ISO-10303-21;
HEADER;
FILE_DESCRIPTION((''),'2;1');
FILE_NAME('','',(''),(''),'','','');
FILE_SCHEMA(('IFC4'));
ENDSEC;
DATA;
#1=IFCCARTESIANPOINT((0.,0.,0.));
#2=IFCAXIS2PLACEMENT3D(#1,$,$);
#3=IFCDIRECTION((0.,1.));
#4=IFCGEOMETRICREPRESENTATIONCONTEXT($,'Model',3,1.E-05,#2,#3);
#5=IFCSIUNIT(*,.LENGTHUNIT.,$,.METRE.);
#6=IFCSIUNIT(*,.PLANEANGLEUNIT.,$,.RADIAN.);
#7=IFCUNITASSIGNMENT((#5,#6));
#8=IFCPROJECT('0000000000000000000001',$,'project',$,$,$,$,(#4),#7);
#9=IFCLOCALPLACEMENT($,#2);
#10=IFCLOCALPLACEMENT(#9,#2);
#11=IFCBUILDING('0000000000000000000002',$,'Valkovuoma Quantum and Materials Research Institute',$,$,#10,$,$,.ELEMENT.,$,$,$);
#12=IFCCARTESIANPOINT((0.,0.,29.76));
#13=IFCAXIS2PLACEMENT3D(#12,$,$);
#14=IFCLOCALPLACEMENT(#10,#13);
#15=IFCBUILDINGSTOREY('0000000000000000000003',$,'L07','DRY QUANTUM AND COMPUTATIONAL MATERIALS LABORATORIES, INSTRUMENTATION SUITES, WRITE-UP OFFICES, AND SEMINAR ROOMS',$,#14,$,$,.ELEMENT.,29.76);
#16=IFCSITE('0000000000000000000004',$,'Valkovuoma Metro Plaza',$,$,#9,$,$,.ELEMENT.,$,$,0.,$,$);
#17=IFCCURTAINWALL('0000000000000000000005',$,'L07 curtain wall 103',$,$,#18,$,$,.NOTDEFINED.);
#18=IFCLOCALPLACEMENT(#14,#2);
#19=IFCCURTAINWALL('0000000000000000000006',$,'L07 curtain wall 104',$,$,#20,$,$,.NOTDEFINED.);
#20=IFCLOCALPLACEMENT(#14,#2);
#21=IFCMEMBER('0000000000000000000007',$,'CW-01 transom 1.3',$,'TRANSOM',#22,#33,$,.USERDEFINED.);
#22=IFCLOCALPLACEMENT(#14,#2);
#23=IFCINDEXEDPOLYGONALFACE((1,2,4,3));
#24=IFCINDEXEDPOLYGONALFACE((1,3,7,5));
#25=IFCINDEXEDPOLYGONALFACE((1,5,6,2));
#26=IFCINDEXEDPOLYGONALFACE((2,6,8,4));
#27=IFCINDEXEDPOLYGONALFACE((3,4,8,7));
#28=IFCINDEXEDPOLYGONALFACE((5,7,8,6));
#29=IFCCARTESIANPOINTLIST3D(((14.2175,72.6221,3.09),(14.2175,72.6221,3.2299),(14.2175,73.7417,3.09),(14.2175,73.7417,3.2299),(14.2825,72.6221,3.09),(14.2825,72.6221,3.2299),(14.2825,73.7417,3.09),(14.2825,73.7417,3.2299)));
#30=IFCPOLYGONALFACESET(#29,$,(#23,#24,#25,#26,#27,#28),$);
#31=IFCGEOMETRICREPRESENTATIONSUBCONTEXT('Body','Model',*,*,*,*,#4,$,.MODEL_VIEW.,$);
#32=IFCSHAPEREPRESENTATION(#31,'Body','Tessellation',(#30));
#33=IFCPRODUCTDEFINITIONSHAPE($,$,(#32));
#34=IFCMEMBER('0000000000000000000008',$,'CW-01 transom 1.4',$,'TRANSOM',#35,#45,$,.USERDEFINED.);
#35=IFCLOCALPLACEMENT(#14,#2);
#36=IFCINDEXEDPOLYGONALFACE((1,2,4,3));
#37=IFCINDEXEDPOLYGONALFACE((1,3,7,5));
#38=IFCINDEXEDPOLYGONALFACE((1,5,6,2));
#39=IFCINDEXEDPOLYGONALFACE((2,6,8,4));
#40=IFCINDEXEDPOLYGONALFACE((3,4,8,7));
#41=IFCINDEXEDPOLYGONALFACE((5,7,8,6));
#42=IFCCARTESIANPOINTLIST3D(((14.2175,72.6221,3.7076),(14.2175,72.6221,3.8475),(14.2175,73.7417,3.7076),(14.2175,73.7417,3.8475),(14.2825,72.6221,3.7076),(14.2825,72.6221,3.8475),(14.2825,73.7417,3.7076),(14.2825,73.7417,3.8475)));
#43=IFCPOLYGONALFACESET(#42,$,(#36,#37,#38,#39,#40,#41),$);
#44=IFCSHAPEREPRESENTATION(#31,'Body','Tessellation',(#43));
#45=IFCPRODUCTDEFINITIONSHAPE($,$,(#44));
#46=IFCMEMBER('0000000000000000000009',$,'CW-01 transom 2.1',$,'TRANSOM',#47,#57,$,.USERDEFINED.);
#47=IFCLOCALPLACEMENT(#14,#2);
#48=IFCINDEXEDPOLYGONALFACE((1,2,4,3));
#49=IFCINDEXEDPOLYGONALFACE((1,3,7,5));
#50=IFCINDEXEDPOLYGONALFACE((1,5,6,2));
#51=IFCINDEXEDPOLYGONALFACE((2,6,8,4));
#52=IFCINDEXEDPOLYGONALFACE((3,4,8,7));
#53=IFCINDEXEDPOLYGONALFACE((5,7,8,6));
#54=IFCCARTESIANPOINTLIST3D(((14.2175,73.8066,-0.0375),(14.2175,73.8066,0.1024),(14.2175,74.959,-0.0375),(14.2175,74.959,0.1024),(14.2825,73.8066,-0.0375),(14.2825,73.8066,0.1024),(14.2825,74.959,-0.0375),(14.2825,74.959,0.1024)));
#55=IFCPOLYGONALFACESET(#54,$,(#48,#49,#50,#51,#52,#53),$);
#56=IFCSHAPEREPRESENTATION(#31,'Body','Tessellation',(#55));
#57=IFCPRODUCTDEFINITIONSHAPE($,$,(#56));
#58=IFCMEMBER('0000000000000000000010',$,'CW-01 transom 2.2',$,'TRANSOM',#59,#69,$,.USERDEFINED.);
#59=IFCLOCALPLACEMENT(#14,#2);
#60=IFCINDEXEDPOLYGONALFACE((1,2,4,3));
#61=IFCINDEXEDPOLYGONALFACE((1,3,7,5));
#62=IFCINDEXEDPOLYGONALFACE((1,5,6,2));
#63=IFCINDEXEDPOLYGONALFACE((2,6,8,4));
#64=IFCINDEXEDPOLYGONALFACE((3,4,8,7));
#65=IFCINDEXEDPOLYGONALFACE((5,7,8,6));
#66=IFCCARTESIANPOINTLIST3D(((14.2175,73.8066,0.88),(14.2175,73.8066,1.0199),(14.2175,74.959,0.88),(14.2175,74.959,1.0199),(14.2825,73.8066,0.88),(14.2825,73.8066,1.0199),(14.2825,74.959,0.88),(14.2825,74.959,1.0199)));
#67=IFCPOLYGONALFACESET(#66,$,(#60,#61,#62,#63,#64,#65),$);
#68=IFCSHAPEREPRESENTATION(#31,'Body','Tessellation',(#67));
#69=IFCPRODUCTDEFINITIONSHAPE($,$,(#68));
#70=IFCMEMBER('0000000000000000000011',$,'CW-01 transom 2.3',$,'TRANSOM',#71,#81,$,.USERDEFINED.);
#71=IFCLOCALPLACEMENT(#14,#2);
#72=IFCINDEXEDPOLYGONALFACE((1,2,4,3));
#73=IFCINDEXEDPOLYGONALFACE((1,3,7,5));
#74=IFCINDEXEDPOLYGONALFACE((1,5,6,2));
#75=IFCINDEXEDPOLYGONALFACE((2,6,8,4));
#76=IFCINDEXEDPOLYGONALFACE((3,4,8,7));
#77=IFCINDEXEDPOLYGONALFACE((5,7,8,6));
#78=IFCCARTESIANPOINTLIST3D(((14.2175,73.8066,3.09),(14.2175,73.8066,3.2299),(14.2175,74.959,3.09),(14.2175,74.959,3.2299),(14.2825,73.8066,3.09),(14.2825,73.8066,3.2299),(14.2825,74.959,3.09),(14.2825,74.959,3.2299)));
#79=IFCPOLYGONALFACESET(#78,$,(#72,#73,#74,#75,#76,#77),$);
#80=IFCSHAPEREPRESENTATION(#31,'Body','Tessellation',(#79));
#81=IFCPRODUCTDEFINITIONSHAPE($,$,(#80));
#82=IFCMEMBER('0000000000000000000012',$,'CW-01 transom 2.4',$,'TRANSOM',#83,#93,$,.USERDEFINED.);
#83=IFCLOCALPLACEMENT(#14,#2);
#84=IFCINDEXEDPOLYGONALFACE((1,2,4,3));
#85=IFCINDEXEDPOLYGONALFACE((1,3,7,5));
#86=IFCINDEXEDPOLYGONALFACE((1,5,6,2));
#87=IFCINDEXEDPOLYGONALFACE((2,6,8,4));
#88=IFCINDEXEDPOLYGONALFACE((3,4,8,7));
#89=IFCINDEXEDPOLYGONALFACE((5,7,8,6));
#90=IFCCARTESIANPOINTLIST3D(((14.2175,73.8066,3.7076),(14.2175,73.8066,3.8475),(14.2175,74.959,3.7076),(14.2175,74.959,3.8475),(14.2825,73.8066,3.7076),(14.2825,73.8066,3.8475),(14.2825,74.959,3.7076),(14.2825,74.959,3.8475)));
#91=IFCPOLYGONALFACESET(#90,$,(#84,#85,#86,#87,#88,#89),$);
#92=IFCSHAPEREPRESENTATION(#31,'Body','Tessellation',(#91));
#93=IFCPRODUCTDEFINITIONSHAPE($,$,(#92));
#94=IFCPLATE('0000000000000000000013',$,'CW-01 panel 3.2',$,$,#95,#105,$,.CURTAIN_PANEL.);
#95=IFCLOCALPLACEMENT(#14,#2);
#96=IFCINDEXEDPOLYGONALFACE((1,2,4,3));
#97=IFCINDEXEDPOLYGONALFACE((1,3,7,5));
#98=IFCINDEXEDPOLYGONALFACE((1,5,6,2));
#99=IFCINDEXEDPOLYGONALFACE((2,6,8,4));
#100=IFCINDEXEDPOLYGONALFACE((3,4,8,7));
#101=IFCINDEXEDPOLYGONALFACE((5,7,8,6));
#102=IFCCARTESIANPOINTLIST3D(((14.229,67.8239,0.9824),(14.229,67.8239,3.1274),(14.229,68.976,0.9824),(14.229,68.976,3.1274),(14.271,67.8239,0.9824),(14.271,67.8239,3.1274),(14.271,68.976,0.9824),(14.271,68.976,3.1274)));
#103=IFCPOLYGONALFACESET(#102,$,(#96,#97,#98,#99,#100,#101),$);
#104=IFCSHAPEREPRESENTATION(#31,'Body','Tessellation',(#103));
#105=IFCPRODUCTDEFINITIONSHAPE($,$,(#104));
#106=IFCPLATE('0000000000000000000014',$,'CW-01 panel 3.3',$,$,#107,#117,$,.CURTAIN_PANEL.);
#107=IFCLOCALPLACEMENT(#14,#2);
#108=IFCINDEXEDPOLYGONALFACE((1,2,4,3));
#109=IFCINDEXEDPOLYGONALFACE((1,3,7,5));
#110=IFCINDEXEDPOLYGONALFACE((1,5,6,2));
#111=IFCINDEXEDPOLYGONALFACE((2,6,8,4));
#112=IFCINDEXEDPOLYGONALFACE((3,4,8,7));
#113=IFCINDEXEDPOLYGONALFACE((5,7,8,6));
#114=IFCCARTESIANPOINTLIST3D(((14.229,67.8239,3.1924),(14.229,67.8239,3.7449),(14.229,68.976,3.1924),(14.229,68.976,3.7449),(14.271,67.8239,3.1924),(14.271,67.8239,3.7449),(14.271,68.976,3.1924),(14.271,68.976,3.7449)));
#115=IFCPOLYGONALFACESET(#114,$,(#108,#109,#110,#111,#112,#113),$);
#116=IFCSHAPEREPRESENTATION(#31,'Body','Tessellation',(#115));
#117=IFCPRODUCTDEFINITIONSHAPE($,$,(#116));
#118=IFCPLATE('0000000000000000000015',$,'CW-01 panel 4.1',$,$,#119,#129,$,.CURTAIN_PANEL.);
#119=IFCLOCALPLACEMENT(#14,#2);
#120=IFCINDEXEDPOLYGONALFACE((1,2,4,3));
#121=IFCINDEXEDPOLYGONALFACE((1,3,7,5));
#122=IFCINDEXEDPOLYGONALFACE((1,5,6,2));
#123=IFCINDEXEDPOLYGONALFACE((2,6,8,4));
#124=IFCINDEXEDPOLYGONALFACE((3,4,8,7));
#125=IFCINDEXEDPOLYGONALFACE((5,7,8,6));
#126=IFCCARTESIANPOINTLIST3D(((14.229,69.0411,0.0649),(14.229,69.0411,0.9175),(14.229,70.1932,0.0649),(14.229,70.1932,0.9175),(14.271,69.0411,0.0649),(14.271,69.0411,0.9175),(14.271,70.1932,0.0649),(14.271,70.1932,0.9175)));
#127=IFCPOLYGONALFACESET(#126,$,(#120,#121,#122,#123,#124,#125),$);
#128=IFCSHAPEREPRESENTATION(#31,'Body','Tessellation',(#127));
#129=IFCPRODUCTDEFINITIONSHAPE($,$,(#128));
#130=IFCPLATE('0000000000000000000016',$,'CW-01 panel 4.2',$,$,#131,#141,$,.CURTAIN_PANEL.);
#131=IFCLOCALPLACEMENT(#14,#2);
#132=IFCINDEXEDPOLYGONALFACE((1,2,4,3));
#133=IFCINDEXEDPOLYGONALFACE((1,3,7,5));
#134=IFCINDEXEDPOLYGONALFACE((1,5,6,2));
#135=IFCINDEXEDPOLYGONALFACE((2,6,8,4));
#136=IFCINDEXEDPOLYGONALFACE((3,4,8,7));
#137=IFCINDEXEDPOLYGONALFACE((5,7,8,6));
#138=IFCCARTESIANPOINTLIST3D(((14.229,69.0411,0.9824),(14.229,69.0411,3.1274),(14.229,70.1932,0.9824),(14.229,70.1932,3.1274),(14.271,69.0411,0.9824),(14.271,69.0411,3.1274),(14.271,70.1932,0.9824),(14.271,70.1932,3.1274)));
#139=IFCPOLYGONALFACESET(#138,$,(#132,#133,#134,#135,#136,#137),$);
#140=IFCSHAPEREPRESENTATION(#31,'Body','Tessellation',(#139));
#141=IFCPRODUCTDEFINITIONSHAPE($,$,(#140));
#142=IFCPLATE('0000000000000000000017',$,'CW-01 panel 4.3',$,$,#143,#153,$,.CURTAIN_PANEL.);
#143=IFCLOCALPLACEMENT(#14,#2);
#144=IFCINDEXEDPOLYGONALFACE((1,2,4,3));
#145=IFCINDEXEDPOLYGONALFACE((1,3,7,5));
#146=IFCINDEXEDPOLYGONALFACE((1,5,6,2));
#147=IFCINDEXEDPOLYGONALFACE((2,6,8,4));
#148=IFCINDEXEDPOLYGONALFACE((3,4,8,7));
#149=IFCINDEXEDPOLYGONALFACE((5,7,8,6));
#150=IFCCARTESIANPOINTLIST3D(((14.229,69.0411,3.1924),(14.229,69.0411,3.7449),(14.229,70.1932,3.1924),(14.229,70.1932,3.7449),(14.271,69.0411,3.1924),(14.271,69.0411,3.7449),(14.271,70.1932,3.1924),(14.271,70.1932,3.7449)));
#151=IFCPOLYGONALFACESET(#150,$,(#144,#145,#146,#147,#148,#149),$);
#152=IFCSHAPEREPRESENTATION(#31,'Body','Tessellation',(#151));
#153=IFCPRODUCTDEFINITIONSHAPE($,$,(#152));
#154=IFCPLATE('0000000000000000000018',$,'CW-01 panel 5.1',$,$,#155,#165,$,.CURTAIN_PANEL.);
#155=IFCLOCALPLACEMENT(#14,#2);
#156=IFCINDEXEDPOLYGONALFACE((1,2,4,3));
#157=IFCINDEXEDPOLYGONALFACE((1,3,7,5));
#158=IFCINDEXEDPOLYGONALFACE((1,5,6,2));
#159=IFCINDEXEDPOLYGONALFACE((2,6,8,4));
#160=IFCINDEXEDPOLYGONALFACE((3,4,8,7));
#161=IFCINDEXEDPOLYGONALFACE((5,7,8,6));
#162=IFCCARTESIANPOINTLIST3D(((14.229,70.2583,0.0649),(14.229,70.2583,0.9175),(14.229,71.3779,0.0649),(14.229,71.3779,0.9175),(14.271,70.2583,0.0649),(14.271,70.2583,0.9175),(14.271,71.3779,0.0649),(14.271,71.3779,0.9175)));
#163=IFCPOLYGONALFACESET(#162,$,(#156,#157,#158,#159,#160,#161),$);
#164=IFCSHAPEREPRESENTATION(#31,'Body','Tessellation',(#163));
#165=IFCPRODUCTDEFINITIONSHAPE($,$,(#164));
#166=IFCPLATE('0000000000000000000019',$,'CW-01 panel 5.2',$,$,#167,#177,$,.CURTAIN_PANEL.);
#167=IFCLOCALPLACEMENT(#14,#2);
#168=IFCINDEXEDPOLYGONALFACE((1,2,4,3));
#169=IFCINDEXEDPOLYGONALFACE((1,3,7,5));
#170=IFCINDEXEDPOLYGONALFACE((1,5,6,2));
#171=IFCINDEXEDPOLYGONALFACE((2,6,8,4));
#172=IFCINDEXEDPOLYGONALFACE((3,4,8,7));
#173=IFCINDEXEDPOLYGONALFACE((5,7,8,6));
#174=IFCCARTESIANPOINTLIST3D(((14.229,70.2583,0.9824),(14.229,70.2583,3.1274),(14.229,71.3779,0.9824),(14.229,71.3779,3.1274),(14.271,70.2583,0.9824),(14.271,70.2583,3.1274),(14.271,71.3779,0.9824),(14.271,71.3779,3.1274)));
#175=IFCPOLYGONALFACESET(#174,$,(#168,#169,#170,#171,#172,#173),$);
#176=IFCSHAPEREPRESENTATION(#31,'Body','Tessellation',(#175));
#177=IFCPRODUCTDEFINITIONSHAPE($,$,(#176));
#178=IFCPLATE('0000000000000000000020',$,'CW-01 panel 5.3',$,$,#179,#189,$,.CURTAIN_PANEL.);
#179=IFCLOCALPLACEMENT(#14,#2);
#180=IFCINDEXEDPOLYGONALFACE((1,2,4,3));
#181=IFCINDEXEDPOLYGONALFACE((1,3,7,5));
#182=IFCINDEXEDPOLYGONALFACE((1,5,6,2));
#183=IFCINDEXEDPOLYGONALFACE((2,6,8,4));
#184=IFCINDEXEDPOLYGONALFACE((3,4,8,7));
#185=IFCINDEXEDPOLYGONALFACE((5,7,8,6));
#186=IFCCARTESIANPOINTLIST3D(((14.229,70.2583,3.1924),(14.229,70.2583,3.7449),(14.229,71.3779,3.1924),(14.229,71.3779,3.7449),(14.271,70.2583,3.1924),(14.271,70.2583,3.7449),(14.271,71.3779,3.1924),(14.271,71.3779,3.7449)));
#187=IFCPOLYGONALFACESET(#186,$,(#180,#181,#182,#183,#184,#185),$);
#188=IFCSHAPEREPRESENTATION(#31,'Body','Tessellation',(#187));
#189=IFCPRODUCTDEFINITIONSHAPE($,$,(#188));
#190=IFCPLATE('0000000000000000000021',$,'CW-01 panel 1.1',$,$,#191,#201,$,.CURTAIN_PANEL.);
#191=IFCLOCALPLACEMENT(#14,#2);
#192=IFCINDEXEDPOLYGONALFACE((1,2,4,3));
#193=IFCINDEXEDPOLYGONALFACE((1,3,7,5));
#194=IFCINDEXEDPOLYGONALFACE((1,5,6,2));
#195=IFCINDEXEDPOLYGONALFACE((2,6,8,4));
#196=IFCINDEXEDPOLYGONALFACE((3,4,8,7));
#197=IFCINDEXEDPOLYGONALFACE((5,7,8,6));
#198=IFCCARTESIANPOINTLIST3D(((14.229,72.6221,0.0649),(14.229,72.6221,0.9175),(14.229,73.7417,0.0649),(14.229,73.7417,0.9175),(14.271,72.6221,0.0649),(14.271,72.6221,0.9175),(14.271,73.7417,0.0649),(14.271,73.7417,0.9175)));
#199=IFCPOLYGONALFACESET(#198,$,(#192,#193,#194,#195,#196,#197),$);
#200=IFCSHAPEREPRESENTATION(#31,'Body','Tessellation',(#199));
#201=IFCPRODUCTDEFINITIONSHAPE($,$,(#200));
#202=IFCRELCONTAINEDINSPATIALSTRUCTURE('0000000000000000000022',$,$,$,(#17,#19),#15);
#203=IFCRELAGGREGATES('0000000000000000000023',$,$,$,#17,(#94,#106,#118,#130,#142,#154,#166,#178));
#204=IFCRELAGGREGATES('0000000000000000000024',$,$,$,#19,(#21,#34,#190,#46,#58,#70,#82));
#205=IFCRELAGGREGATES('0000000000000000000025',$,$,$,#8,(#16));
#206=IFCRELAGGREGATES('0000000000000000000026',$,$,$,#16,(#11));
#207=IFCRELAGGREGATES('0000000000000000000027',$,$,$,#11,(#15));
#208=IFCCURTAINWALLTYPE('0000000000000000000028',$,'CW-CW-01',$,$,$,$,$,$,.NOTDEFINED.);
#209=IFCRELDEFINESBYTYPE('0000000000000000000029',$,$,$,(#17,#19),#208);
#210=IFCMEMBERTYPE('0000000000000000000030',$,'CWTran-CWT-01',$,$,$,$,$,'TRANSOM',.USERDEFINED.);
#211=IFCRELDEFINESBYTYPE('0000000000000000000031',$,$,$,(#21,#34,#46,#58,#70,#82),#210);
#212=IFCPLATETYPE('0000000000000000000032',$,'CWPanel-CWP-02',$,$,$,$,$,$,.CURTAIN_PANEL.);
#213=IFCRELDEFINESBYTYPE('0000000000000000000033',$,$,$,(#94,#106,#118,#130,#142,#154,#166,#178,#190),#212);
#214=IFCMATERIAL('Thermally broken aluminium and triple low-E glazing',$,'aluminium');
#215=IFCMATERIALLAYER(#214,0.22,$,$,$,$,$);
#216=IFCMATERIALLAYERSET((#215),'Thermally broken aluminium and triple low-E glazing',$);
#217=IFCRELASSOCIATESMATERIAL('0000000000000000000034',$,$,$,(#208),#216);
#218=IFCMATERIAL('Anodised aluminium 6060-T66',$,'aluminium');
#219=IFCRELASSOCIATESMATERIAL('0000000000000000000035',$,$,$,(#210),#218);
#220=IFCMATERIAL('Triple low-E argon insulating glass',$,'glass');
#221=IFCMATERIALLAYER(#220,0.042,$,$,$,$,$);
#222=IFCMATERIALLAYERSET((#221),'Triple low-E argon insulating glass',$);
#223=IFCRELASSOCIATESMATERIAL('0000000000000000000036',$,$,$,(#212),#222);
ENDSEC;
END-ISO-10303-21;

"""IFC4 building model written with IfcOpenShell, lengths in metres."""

from ifc_helpers import new_model, si_unit, direction, frame, origin, origin_2d, place, context, subcontext, project, spatial, rectangle, extrude, material, layer, layer_set, material_profile, profile_set, type_object, element, aggregate, save


model = new_model("IFC4")

# Units and contexts
model_context = context("Model", 3, precision=1e-05, world=origin(), true_north=direction((0.0, 1.0)))
body_context = subcontext(model_context, "Body", "Model", "MODEL_VIEW")
ifc_project = project(units=[si_unit("LENGTHUNIT", "METRE"), si_unit("PLANEANGLEUNIT", "RADIAN")], contexts=[model_context])

# Site, building, storey
site_placement = place(None, origin())
site = spatial("IfcSite", under=ifc_project, at=site_placement, Name="Valkovuoma Metro Plaza", CompositionType="ELEMENT", RefElevation=0.0)
building_placement = place(site_placement, origin())
building = spatial("IfcBuilding", under=site, at=building_placement, Name="Valkovuoma Quantum and Materials Research Institute", CompositionType="ELEMENT")
storey_placement = place(building_placement, frame((0.0, 0.0, 29.76)))
storey = spatial("IfcBuildingStorey", under=building, at=storey_placement, Name="L07", Description="DRY QUANTUM AND COMPUTATIONAL MATERIALS LABORATORIES, INSTRUMENTATION SUITES, WRITE-UP OFFICES, AND SEMINAR ROOMS", CompositionType="ELEMENT", Elevation=29.76)

# Curtain walls
ifc_material_1 = material(Name="Thermally broken aluminium and triple low-E glazing", Category="aluminium")
ifc_layer_1 = layer(ifc_material_1, 0.22)
ifc_layer_set_1 = layer_set([ifc_layer_1], Name="Thermally broken aluminium and triple low-E glazing")
curtain_wall_type = type_object("IfcCurtainWallType", Name="CW-CW-01", PredefinedType="NOTDEFINED", material=ifc_layer_set_1)
curtain_wall_1_placement = place(storey_placement, origin())
curtain_wall_1 = element("IfcCurtainWall", 1, at=curtain_wall_1_placement, inside=storey, type_object=curtain_wall_type, Name="L07 curtain wall 103", PredefinedType="NOTDEFINED")
curtain_wall_2_placement = place(storey_placement, origin())
curtain_wall_2 = element("IfcCurtainWall", 2, at=curtain_wall_2_placement, inside=storey, type_object=curtain_wall_type, Name="L07 curtain wall 104", PredefinedType="NOTDEFINED")

# Members
ifc_material_2 = material(Name="Anodised aluminium 6060-T66", Category="aluminium")
ifc_material_profile_1 = material_profile(ifc_material_2, rectangle(XDim=0.0649, YDim=0.1399, at=origin_2d()), Name="Anodised aluminium 6060-T66")
ifc_profile_set_1 = profile_set([ifc_material_profile_1], Name="Anodised aluminium 6060-T66")
member_type_1 = type_object("IfcMemberType", Name="CWTran-CWT-01", ElementType="TRANSOM", PredefinedType="USERDEFINED", material=ifc_profile_set_1)
member_1_placement = place(storey_placement, frame((14.25, 72.6221, 3.1599), z_axis=(0.0, 1.0, 0.0), x_axis=(-1.0, 0.0, 0.0)))
member_1 = element("IfcMember", 3, at=member_1_placement, type_object=member_type_1, Name="CW-01 transom 1.3", ObjectType="TRANSOM", PredefinedType="USERDEFINED", context=body_context, shape_type="SweptSolid", body=[
    extrude(rectangle(XDim=0.0649, YDim=0.1399, at=origin_2d()), origin(), (0.0, 0.0, 1.0), 1.1196),
])
member_2_placement = place(storey_placement, frame((14.25, 72.6221, 3.7776), z_axis=(0.0, 1.0, 0.0), x_axis=(-1.0, 0.0, 0.0)))
member_2 = element("IfcMember", 4, at=member_2_placement, type_object=member_type_1, Name="CW-01 transom 1.4", ObjectType="TRANSOM", PredefinedType="USERDEFINED", context=body_context, shape_type="SweptSolid", body=[
    extrude(rectangle(XDim=0.0649, YDim=0.1399, at=origin_2d()), origin(), (0.0, 0.0, 1.0), 1.1196),
])
member_3_placement = place(storey_placement, frame((14.25, 73.8066, 0.0325), z_axis=(0.0, 1.0, 0.0), x_axis=(-1.0, 0.0, 0.0)))
member_3 = element("IfcMember", 5, at=member_3_placement, type_object=member_type_1, Name="CW-01 transom 2.1", ObjectType="TRANSOM", PredefinedType="USERDEFINED", context=body_context, shape_type="SweptSolid", body=[
    extrude(rectangle(XDim=0.0649, YDim=0.1399, at=origin_2d()), origin(), (0.0, 0.0, 1.0), 1.1523),
])
member_4_placement = place(storey_placement, frame((14.25, 73.8066, 0.95), z_axis=(0.0, 1.0, 0.0), x_axis=(-1.0, 0.0, 0.0)))
member_4 = element("IfcMember", 6, at=member_4_placement, type_object=member_type_1, Name="CW-01 transom 2.2", ObjectType="TRANSOM", PredefinedType="USERDEFINED", context=body_context, shape_type="SweptSolid", body=[
    extrude(rectangle(XDim=0.0649, YDim=0.1399, at=origin_2d()), origin(), (0.0, 0.0, 1.0), 1.1523),
])
member_5_placement = place(storey_placement, frame((14.25, 73.8066, 3.1599), z_axis=(0.0, 1.0, 0.0), x_axis=(-1.0, 0.0, 0.0)))
member_5 = element("IfcMember", 7, at=member_5_placement, type_object=member_type_1, Name="CW-01 transom 2.3", ObjectType="TRANSOM", PredefinedType="USERDEFINED", context=body_context, shape_type="SweptSolid", body=[
    extrude(rectangle(XDim=0.0649, YDim=0.1399, at=origin_2d()), origin(), (0.0, 0.0, 1.0), 1.1523),
])
member_6_placement = place(storey_placement, frame((14.25, 73.8066, 3.7776), z_axis=(0.0, 1.0, 0.0), x_axis=(-1.0, 0.0, 0.0)))
member_6 = element("IfcMember", 8, at=member_6_placement, type_object=member_type_1, Name="CW-01 transom 2.4", ObjectType="TRANSOM", PredefinedType="USERDEFINED", context=body_context, shape_type="SweptSolid", body=[
    extrude(rectangle(XDim=0.0649, YDim=0.1399, at=origin_2d()), origin(), (0.0, 0.0, 1.0), 1.1523),
])

# Plates
ifc_material_3 = material(Name="Triple low-E argon insulating glass", Category="glass")
ifc_layer_2 = layer(ifc_material_3, 0.042)
ifc_layer_set_2 = layer_set([ifc_layer_2], Name="Triple low-E argon insulating glass")
plate_type = type_object("IfcPlateType", Name="CWPanel-CWP-02", PredefinedType="CURTAIN_PANEL", material=ifc_layer_set_2)
plate_1_placement = place(storey_placement, frame((14.25, 68.3999, 0.9824), z_axis=(0.0, 0.0, 1.0), x_axis=(0.0, 1.0, 0.0)))
plate_1 = element("IfcPlate", 9, at=plate_1_placement, type_object=plate_type, Name="CW-01 panel 3.2", PredefinedType="CURTAIN_PANEL", context=body_context, shape_type="SweptSolid", body=[
    extrude(rectangle(XDim=1.1521, YDim=0.042, at=origin_2d()), origin(), (0.0, 0.0, 1.0), 2.145),
])
plate_2_placement = place(storey_placement, frame((14.25, 68.3999, 3.1924), z_axis=(0.0, 0.0, 1.0), x_axis=(0.0, 1.0, 0.0)))
plate_2 = element("IfcPlate", 10, at=plate_2_placement, type_object=plate_type, Name="CW-01 panel 3.3", PredefinedType="CURTAIN_PANEL", context=body_context, shape_type="SweptSolid", body=[
    extrude(rectangle(XDim=1.1521, YDim=0.042, at=origin_2d()), origin(), (0.0, 0.0, 1.0), 0.5525),
])
plate_3_placement = place(storey_placement, frame((14.25, 69.6172, 0.0649), z_axis=(0.0, 0.0, 1.0), x_axis=(0.0, 1.0, 0.0)))
plate_3 = element("IfcPlate", 11, at=plate_3_placement, type_object=plate_type, Name="CW-01 panel 4.1", PredefinedType="CURTAIN_PANEL", context=body_context, shape_type="SweptSolid", body=[
    extrude(rectangle(XDim=1.1521, YDim=0.042, at=origin_2d()), origin(), (0.0, 0.0, 1.0), 0.8525),
])
plate_4_placement = place(storey_placement, frame((14.25, 69.6172, 0.9824), z_axis=(0.0, 0.0, 1.0), x_axis=(0.0, 1.0, 0.0)))
plate_4 = element("IfcPlate", 12, at=plate_4_placement, type_object=plate_type, Name="CW-01 panel 4.2", PredefinedType="CURTAIN_PANEL", context=body_context, shape_type="SweptSolid", body=[
    extrude(rectangle(XDim=1.1521, YDim=0.042, at=origin_2d()), origin(), (0.0, 0.0, 1.0), 2.145),
])
plate_5_placement = place(storey_placement, frame((14.25, 69.6172, 3.1924), z_axis=(0.0, 0.0, 1.0), x_axis=(0.0, 1.0, 0.0)))
plate_5 = element("IfcPlate", 13, at=plate_5_placement, type_object=plate_type, Name="CW-01 panel 4.3", PredefinedType="CURTAIN_PANEL", context=body_context, shape_type="SweptSolid", body=[
    extrude(rectangle(XDim=1.1521, YDim=0.042, at=origin_2d()), origin(), (0.0, 0.0, 1.0), 0.5525),
])
plate_6_placement = place(storey_placement, frame((14.25, 70.8181, 0.0649), z_axis=(0.0, 0.0, 1.0), x_axis=(0.0, 1.0, 0.0)))
plate_6 = element("IfcPlate", 14, at=plate_6_placement, type_object=plate_type, Name="CW-01 panel 5.1", PredefinedType="CURTAIN_PANEL", context=body_context, shape_type="SweptSolid", body=[
    extrude(rectangle(XDim=1.1196, YDim=0.042, at=origin_2d()), origin(), (0.0, 0.0, 1.0), 0.8525),
])
plate_7_placement = place(storey_placement, frame((14.25, 70.8181, 0.9824), z_axis=(0.0, 0.0, 1.0), x_axis=(0.0, 1.0, 0.0)))
plate_7 = element("IfcPlate", 15, at=plate_7_placement, type_object=plate_type, Name="CW-01 panel 5.2", PredefinedType="CURTAIN_PANEL", context=body_context, shape_type="SweptSolid", body=[
    extrude(rectangle(XDim=1.1196, YDim=0.042, at=origin_2d()), origin(), (0.0, 0.0, 1.0), 2.145),
])
plate_8_placement = place(storey_placement, frame((14.25, 70.8181, 3.1924), z_axis=(0.0, 0.0, 1.0), x_axis=(0.0, 1.0, 0.0)))
plate_8 = element("IfcPlate", 16, at=plate_8_placement, type_object=plate_type, Name="CW-01 panel 5.3", PredefinedType="CURTAIN_PANEL", context=body_context, shape_type="SweptSolid", body=[
    extrude(rectangle(XDim=1.1196, YDim=0.042, at=origin_2d()), origin(), (0.0, 0.0, 1.0), 0.5525),
])
aggregate(curtain_wall_1, [plate_1, plate_2, plate_3, plate_4, plate_5, plate_6, plate_7, plate_8])
plate_9_placement = place(storey_placement, frame((14.25, 73.1819, 0.0649), z_axis=(0.0, 0.0, 1.0), x_axis=(0.0, 1.0, 0.0)))
plate_9 = element("IfcPlate", 17, at=plate_9_placement, type_object=plate_type, Name="CW-01 panel 1.1", PredefinedType="CURTAIN_PANEL", context=body_context, shape_type="SweptSolid", body=[
    extrude(rectangle(XDim=1.1196, YDim=0.042, at=origin_2d()), origin(), (0.0, 0.0, 1.0), 0.8525),
])
aggregate(curtain_wall_2, [member_1, member_2, plate_9, member_3, member_4, member_5, member_6])

save(model, "model.ifc")
